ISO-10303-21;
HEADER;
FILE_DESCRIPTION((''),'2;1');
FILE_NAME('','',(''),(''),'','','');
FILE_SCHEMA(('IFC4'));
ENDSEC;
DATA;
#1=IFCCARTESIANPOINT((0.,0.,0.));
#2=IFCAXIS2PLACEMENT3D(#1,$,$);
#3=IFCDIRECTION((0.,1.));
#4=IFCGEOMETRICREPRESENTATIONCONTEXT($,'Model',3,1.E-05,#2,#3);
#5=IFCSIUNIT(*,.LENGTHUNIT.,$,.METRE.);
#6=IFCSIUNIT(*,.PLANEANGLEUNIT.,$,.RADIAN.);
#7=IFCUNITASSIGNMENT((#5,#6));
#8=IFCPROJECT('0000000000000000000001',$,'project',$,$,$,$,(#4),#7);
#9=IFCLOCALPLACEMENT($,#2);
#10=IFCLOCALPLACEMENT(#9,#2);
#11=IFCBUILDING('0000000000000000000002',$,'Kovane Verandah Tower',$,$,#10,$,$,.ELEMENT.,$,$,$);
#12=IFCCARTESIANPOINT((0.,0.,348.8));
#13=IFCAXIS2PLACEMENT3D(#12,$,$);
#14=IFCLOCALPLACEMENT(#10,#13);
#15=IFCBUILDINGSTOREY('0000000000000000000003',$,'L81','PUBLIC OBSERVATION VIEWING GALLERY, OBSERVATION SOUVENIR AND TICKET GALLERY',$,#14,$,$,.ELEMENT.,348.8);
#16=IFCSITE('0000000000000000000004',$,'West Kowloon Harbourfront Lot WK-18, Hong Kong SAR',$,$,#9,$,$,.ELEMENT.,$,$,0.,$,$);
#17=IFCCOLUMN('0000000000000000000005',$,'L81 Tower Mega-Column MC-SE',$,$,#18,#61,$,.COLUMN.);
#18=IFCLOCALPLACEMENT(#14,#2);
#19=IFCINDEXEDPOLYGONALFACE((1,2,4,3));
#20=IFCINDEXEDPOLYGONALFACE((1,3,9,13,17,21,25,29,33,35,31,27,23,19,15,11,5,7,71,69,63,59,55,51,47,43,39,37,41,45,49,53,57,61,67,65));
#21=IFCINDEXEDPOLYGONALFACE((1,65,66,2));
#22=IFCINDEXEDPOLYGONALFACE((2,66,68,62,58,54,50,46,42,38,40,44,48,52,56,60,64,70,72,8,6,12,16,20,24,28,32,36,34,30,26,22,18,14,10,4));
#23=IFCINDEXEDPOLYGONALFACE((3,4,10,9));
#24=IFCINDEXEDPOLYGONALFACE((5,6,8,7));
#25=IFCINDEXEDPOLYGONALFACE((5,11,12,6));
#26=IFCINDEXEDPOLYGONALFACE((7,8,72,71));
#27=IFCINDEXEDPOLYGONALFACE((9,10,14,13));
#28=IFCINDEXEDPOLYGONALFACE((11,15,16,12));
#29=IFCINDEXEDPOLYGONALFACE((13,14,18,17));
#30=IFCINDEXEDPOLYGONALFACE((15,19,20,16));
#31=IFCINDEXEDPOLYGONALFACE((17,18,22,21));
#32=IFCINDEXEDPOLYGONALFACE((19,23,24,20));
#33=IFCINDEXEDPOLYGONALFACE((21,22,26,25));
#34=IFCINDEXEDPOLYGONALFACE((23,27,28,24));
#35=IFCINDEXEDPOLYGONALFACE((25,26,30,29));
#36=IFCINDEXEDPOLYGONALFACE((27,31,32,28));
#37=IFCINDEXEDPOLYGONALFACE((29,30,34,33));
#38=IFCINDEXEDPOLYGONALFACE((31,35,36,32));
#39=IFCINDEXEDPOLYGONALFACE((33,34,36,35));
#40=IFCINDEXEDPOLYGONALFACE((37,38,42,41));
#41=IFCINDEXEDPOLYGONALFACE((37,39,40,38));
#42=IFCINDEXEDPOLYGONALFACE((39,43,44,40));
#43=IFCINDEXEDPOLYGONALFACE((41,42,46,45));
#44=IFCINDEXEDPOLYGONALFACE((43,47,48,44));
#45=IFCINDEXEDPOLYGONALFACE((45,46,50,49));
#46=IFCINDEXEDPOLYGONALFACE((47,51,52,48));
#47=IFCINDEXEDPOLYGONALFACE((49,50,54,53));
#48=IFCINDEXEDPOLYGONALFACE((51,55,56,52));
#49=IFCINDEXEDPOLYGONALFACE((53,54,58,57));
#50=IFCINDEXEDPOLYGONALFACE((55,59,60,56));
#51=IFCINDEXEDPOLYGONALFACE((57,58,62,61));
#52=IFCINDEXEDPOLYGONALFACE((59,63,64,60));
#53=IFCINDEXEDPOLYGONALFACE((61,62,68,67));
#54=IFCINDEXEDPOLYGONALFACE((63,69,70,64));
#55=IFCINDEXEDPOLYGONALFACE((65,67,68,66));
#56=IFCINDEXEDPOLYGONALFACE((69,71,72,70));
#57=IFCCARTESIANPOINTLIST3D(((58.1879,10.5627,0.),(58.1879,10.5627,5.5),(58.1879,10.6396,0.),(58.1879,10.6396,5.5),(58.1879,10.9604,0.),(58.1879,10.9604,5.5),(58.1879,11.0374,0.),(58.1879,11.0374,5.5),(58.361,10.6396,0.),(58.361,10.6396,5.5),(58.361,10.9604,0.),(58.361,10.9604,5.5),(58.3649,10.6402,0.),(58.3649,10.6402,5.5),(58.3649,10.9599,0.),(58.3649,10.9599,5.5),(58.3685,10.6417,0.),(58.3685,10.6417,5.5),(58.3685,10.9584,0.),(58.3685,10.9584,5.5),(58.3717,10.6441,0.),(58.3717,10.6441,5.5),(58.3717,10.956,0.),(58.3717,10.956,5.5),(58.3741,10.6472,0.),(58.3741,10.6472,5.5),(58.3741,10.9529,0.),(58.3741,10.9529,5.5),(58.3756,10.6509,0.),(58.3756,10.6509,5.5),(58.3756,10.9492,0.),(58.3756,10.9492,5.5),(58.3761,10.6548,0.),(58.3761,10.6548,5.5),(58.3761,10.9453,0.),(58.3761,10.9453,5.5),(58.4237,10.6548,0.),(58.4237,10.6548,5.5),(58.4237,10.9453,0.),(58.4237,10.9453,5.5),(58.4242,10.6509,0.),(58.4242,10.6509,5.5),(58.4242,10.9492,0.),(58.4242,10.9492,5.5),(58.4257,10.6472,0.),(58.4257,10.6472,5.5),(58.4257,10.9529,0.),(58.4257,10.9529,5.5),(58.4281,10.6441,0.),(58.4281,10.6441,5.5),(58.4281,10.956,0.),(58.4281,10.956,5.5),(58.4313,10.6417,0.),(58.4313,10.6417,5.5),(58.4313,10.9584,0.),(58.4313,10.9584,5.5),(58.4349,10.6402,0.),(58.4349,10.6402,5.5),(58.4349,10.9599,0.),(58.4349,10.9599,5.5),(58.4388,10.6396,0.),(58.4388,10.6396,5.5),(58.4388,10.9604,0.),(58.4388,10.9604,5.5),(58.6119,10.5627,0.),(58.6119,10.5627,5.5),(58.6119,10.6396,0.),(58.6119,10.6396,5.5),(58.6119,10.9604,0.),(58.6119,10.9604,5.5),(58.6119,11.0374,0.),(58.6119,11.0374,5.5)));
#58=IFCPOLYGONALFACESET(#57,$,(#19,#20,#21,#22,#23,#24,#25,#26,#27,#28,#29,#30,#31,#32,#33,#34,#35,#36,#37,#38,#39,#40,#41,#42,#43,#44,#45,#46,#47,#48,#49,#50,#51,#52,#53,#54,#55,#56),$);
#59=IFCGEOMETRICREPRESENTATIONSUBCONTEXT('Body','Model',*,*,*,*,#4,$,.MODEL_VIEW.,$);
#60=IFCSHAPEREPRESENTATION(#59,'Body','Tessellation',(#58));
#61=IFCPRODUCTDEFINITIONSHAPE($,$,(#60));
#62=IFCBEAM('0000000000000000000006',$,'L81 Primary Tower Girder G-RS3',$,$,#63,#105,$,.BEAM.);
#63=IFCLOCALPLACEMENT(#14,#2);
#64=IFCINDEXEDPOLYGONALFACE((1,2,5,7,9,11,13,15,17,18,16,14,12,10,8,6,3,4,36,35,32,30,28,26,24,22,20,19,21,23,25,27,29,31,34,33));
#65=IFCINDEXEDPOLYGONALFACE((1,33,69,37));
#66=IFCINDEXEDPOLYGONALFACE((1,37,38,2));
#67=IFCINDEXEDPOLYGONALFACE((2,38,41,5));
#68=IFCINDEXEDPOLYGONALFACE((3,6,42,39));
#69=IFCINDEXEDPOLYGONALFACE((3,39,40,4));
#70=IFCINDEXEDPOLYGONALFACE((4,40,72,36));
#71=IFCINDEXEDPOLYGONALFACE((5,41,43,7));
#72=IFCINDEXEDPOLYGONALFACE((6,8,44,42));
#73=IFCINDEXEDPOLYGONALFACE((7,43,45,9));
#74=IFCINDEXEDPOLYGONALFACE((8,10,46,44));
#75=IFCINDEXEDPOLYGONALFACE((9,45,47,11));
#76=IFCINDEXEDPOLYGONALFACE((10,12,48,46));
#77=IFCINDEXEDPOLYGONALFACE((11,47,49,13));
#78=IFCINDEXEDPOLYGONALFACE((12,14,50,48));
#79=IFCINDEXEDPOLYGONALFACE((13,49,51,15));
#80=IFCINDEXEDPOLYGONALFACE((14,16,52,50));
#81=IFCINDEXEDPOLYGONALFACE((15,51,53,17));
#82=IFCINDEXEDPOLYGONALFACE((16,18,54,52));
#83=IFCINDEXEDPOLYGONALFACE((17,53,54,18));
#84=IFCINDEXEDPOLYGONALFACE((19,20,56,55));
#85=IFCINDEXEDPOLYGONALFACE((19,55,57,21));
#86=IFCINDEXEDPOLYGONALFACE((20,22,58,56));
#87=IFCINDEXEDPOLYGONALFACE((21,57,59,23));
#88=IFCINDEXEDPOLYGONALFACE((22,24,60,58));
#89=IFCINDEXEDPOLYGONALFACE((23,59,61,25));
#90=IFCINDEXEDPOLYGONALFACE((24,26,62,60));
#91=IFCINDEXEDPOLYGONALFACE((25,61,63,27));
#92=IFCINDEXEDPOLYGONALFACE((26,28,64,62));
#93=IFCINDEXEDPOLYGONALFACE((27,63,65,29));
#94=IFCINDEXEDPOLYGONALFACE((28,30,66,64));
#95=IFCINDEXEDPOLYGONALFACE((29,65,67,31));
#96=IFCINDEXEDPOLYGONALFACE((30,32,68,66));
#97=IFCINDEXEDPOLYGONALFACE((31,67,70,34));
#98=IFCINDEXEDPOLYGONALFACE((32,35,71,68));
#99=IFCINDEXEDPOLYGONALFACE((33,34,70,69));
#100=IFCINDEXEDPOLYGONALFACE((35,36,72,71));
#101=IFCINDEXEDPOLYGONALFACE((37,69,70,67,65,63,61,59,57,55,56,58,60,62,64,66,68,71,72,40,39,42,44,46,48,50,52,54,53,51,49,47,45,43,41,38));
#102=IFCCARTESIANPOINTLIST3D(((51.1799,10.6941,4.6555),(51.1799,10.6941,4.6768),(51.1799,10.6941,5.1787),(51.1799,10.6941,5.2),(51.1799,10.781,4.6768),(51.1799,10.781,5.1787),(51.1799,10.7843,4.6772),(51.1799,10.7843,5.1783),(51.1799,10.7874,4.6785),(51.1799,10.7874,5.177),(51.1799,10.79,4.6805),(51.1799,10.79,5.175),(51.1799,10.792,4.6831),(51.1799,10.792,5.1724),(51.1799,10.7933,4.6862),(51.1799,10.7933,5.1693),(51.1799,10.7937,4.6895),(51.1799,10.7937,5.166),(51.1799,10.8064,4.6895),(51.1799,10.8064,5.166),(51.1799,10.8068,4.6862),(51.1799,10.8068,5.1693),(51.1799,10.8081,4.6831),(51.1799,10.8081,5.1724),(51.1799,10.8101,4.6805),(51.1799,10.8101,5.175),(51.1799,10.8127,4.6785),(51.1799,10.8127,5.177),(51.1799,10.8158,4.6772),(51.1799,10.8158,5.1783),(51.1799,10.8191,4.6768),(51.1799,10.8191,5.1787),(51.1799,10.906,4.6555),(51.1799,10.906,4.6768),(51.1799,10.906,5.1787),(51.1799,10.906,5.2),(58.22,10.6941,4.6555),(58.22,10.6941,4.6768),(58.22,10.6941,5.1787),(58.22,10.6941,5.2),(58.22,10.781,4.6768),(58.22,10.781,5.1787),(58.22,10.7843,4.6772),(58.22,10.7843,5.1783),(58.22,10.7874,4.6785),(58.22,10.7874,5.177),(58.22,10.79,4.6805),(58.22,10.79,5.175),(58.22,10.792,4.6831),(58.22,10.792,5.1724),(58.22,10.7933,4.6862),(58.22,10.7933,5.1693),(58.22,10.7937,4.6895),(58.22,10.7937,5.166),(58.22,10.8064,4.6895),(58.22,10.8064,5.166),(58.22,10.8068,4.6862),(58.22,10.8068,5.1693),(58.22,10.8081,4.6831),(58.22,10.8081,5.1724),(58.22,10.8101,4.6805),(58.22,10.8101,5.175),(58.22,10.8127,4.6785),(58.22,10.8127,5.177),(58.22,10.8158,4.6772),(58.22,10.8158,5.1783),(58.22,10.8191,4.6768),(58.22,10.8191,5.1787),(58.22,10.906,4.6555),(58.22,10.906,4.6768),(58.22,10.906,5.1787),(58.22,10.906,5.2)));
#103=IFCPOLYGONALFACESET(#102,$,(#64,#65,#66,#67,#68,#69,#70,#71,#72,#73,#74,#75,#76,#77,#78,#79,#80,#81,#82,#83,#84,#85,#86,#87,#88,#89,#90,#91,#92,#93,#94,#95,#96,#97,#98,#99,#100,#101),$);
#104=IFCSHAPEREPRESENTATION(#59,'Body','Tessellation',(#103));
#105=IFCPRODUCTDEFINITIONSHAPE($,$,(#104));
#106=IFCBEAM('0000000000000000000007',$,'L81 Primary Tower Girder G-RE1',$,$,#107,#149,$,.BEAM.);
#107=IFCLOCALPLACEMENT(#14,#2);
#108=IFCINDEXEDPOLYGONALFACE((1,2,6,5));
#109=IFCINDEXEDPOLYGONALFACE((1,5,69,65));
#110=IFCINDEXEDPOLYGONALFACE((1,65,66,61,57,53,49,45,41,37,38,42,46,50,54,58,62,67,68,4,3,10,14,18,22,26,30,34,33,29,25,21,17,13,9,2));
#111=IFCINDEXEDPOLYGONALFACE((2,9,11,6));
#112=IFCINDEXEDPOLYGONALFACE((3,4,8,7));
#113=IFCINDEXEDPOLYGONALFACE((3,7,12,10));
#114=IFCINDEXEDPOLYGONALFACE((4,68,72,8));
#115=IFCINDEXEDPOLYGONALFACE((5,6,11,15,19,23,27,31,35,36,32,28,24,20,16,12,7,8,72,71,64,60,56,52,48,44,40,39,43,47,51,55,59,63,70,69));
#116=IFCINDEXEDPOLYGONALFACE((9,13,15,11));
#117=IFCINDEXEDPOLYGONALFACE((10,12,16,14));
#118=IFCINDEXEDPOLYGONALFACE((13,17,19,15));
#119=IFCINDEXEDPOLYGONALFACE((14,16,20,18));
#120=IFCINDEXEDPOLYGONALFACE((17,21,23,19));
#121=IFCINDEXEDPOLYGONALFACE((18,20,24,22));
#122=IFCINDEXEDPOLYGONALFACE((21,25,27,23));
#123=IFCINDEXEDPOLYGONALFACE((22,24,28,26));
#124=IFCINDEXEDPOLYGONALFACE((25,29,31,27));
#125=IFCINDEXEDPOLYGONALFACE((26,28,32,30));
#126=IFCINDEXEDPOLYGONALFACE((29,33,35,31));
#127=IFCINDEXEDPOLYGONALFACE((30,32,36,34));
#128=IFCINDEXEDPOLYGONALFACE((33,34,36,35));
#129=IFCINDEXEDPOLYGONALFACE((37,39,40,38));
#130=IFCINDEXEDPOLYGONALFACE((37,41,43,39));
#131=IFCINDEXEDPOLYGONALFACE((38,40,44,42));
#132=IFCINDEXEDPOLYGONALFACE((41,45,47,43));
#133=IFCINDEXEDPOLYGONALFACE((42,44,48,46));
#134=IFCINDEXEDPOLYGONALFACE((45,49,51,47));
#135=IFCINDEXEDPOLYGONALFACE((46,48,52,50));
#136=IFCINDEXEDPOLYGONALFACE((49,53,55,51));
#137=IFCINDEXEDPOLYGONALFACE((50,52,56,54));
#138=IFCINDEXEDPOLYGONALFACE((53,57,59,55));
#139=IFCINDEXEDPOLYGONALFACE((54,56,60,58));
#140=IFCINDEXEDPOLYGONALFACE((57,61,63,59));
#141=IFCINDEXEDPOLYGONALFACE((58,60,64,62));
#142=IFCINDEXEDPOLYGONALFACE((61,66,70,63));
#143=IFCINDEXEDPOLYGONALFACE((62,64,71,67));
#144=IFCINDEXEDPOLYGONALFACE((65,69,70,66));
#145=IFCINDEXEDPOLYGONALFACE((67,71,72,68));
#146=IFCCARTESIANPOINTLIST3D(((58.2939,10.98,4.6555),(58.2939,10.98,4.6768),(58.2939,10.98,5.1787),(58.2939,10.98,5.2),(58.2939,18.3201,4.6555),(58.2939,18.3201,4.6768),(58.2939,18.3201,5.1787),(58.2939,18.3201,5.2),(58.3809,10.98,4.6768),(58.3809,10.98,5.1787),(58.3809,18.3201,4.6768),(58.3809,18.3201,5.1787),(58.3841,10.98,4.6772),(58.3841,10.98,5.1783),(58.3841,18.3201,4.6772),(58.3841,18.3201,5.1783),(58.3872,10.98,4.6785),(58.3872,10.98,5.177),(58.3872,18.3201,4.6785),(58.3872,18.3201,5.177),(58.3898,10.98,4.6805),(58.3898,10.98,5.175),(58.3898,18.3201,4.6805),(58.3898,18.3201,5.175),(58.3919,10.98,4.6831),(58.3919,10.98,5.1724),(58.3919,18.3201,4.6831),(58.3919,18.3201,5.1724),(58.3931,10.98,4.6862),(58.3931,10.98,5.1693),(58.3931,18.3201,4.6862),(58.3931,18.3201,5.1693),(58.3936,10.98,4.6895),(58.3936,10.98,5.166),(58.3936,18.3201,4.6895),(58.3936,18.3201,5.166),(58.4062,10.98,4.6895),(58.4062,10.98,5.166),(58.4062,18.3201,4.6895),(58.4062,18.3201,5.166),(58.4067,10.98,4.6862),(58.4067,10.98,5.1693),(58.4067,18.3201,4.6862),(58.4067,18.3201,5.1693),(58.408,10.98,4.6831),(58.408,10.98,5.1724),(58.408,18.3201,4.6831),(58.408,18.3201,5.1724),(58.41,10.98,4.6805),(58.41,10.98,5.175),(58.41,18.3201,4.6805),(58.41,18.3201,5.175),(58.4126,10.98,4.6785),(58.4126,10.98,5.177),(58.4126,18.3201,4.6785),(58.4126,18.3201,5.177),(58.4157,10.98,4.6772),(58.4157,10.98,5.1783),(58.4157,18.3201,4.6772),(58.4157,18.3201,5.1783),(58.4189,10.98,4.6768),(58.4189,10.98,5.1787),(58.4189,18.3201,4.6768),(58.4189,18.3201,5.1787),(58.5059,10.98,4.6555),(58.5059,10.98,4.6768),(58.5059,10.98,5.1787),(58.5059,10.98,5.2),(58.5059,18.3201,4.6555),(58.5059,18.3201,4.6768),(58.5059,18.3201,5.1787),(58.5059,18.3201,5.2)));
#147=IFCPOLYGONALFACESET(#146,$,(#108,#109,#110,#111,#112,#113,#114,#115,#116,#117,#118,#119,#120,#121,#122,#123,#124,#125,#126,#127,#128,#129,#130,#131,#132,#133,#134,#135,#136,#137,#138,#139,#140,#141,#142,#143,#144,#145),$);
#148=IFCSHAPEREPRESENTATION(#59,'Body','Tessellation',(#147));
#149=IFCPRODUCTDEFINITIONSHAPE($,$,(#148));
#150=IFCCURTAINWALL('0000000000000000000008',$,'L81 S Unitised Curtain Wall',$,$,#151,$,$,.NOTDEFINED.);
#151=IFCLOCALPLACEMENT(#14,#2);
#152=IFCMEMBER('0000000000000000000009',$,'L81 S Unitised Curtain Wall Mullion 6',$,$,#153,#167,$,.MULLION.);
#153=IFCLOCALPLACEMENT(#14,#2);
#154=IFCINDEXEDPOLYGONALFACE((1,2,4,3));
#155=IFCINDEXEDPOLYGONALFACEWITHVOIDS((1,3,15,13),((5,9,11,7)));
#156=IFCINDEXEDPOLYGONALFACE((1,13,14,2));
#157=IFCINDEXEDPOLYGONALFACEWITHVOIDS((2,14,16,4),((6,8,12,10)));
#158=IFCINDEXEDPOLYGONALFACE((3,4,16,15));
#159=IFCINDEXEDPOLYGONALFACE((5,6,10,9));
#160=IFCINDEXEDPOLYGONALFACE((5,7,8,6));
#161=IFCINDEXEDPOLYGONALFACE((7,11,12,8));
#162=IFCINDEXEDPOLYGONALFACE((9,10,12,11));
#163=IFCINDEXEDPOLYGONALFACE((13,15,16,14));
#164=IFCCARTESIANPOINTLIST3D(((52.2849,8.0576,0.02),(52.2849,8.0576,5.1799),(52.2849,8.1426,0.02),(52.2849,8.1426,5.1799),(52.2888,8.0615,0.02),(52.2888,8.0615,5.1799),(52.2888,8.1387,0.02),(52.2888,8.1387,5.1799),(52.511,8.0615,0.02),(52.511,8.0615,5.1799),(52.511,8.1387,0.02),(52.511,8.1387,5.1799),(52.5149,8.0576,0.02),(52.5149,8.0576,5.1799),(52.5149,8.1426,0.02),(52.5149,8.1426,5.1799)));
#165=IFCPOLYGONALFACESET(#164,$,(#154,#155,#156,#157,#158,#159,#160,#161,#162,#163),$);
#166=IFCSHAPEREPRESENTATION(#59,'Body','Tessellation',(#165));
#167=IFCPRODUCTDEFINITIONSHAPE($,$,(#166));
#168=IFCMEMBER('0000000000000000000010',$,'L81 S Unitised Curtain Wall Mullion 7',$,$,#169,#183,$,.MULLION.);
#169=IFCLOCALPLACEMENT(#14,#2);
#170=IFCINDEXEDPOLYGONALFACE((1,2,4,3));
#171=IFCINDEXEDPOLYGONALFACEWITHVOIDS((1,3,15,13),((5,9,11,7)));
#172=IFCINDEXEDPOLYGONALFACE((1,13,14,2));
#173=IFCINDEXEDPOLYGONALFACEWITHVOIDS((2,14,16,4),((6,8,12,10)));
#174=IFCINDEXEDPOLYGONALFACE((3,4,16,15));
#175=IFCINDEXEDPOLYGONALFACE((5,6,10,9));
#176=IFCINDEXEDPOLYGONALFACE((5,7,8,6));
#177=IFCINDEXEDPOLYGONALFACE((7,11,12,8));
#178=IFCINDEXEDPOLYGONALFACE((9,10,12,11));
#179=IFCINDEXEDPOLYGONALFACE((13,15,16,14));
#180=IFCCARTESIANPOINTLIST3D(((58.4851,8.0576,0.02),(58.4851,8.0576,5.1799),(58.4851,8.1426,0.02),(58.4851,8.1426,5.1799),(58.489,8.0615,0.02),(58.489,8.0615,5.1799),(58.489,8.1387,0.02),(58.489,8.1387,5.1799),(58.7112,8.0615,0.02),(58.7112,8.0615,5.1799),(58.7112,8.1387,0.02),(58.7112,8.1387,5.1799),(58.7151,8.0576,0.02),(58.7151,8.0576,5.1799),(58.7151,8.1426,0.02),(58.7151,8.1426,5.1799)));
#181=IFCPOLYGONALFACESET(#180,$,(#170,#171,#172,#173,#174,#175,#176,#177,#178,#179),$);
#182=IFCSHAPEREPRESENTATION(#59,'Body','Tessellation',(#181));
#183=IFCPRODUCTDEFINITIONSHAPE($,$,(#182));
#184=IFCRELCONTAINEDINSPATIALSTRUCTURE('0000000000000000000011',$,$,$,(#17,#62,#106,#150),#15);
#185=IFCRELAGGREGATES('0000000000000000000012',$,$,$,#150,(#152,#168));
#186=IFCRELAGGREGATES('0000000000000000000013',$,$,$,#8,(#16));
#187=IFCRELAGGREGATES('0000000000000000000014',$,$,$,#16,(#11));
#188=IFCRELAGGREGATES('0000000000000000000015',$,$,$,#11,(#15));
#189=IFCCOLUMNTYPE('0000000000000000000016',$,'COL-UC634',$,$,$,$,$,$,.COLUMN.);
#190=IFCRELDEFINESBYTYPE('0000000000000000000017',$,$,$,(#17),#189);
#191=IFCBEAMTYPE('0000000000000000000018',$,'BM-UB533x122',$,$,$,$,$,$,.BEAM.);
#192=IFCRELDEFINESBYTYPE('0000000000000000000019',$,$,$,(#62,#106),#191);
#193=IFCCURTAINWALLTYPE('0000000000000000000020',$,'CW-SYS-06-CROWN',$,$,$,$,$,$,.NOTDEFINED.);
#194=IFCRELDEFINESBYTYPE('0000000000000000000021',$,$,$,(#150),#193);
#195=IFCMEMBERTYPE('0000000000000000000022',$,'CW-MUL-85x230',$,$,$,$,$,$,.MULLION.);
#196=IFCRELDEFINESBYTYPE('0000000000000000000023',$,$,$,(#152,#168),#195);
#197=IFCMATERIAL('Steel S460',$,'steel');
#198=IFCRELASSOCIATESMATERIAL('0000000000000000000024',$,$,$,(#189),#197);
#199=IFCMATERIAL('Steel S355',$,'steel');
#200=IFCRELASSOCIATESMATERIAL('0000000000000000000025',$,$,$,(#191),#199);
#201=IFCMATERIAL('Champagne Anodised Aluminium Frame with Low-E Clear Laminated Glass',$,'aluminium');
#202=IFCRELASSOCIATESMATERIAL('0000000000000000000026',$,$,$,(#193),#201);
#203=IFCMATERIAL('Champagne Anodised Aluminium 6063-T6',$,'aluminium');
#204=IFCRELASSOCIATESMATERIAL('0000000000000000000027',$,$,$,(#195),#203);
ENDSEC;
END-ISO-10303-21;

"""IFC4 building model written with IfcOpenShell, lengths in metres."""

from ifc_helpers import new_model, si_unit, direction, frame, origin, origin_2d, place, context, subcontext, project, spatial, hollow_rectangle, i_section, extrude, material, material_profile, profile_set, type_object, element, aggregate, save


model = new_model("IFC4")

# Units and contexts
model_context = context("Model", 3, precision=1e-05, world=origin(), true_north=direction((0.0, 1.0)))
body_context = subcontext(model_context, "Body", "Model", "MODEL_VIEW")
ifc_project = project(units=[si_unit("LENGTHUNIT", "METRE"), si_unit("PLANEANGLEUNIT", "RADIAN")], contexts=[model_context])

# Site, building, storey
site_placement = place(None, origin())
site = spatial("IfcSite", under=ifc_project, at=site_placement, Name="West Kowloon Harbourfront Lot WK-18, Hong Kong SAR", CompositionType="ELEMENT", RefElevation=0.0)
building_placement = place(site_placement, origin())
building = spatial("IfcBuilding", under=site, at=building_placement, Name="Kovane Verandah Tower", CompositionType="ELEMENT")
storey_placement = place(building_placement, frame((0.0, 0.0, 348.8)))
storey = spatial("IfcBuildingStorey", under=building, at=storey_placement, Name="L81", Description="PUBLIC OBSERVATION VIEWING GALLERY, OBSERVATION SOUVENIR AND TICKET GALLERY", CompositionType="ELEMENT", Elevation=348.8)

# Column
ifc_material_1 = material(Name="Steel S460", Category="steel")
ifc_material_profile_1 = material_profile(ifc_material_1, i_section(OverallWidth=0.4241, OverallDepth=0.4746, WebThickness=0.0476, FlangeThickness=0.0769, FilletRadius=0.0151, at=origin_2d()), Name="UC356x406x634")
ifc_profile_set_1 = profile_set([ifc_material_profile_1], Name="Steel S460")
column_type = type_object("IfcColumnType", Name="COL-UC634", PredefinedType="COLUMN", material=ifc_profile_set_1)
column_placement = place(storey_placement, frame((58.3999, 10.8, 0.0), z_axis=(0.0, 0.0, 1.0), x_axis=(1.0, 0.0, 0.0)))
element("IfcColumn", 1, at=column_placement, inside=storey, type_object=column_type, Name="L81 Tower Mega-Column MC-SE", PredefinedType="COLUMN", context=body_context, shape_type="SweptSolid", body=[
    extrude(i_section(OverallWidth=0.4241, OverallDepth=0.4746, WebThickness=0.0476, FlangeThickness=0.0769, FilletRadius=0.0151, at=origin_2d()), origin(), (0.0, 0.0, 1.0), 5.5),
])

# Beams
ifc_material_2 = material(Name="Steel S355", Category="steel")
ifc_material_profile_2 = material_profile(ifc_material_2, i_section(OverallWidth=0.2119, OverallDepth=0.5444, WebThickness=0.0127, FlangeThickness=0.0212, FilletRadius=0.0127, at=origin_2d()), Name="UB533x210x122")
ifc_profile_set_2 = profile_set([ifc_material_profile_2], Name="Steel S355")
beam_type_1 = type_object("IfcBeamType", Name="BM-UB533x122", PredefinedType="BEAM", material=ifc_profile_set_2)
beam_1_placement = place(storey_placement, frame((51.1799, 10.8, 4.9277), z_axis=(1.0, 0.0, 0.0), x_axis=(0.0, 1.0, 0.0)))
element("IfcBeam", 2, at=beam_1_placement, inside=storey, type_object=beam_type_1, Name="L81 Primary Tower Girder G-RS3", PredefinedType="BEAM", context=body_context, shape_type="SweptSolid", body=[
    extrude(i_section(OverallWidth=0.2119, OverallDepth=0.5444, WebThickness=0.0127, FlangeThickness=0.0212, FilletRadius=0.0127, at=origin_2d()), origin(), (0.0, 0.0, 1.0), 7.04),
])
beam_2_placement = place(storey_placement, frame((58.3999, 10.98, 4.9277), z_axis=(0.0, 1.0, 0.0), x_axis=(-1.0, 0.0, 0.0)))
element("IfcBeam", 3, at=beam_2_placement, inside=storey, type_object=beam_type_1, Name="L81 Primary Tower Girder G-RE1", PredefinedType="BEAM", context=body_context, shape_type="SweptSolid", body=[
    extrude(i_section(OverallWidth=0.2119, OverallDepth=0.5444, WebThickness=0.0127, FlangeThickness=0.0212, FilletRadius=0.0127, at=origin_2d()), origin(), (0.0, 0.0, 1.0), 7.3401),
])

# Curtain wall, members
ifc_material_3 = material(Name="Champagne Anodised Aluminium Frame with Low-E Clear Laminated Glass", Category="aluminium")
curtain_wall_type = type_object("IfcCurtainWallType", Name="CW-SYS-06-CROWN", PredefinedType="NOTDEFINED", material=ifc_material_3)
curtain_wall_1_placement = place(storey_placement, origin())
curtain_wall_1 = element("IfcCurtainWall", 4, at=curtain_wall_1_placement, inside=storey, type_object=curtain_wall_type, Name="L81 S Unitised Curtain Wall", PredefinedType="NOTDEFINED")
ifc_material_4 = material(Name="Champagne Anodised Aluminium 6063-T6", Category="aluminium")
ifc_material_profile_3 = material_profile(ifc_material_4, hollow_rectangle(XDim=0.085, YDim=0.23, WallThickness=0.0039, at=origin_2d()), Name="AL85x230x4")
ifc_profile_set_3 = profile_set([ifc_material_profile_3], Name="Champagne Anodised Aluminium 6063-T6")
member_type_1 = type_object("IfcMemberType", Name="CW-MUL-85x230", PredefinedType="MULLION", material=ifc_profile_set_3)
member_1_placement = place(storey_placement, frame((52.3999, 8.1001, 0.02), z_axis=(0.0, 0.0, 1.0), x_axis=(0.0, -1.0, 0.0)))
member_1 = element("IfcMember", 5, at=member_1_placement, type_object=member_type_1, Name="L81 S Unitised Curtain Wall Mullion 6", PredefinedType="MULLION", context=body_context, shape_type="SweptSolid", body=[
    extrude(hollow_rectangle(XDim=0.085, YDim=0.23, WallThickness=0.0039, at=origin_2d()), origin(), (0.0, 0.0, 1.0), 5.1599),
])
member_2_placement = place(storey_placement, frame((58.6001, 8.1001, 0.02), z_axis=(0.0, 0.0, 1.0), x_axis=(0.0, -1.0, 0.0)))
member_2 = element("IfcMember", 6, at=member_2_placement, type_object=member_type_1, Name="L81 S Unitised Curtain Wall Mullion 7", PredefinedType="MULLION", context=body_context, shape_type="SweptSolid", body=[
    extrude(hollow_rectangle(XDim=0.085, YDim=0.23, WallThickness=0.0039, at=origin_2d()), origin(), (0.0, 0.0, 1.0), 5.1599),
])

aggregate(curtain_wall_1, [member_1, member_2])

save(model, "model.ifc")
